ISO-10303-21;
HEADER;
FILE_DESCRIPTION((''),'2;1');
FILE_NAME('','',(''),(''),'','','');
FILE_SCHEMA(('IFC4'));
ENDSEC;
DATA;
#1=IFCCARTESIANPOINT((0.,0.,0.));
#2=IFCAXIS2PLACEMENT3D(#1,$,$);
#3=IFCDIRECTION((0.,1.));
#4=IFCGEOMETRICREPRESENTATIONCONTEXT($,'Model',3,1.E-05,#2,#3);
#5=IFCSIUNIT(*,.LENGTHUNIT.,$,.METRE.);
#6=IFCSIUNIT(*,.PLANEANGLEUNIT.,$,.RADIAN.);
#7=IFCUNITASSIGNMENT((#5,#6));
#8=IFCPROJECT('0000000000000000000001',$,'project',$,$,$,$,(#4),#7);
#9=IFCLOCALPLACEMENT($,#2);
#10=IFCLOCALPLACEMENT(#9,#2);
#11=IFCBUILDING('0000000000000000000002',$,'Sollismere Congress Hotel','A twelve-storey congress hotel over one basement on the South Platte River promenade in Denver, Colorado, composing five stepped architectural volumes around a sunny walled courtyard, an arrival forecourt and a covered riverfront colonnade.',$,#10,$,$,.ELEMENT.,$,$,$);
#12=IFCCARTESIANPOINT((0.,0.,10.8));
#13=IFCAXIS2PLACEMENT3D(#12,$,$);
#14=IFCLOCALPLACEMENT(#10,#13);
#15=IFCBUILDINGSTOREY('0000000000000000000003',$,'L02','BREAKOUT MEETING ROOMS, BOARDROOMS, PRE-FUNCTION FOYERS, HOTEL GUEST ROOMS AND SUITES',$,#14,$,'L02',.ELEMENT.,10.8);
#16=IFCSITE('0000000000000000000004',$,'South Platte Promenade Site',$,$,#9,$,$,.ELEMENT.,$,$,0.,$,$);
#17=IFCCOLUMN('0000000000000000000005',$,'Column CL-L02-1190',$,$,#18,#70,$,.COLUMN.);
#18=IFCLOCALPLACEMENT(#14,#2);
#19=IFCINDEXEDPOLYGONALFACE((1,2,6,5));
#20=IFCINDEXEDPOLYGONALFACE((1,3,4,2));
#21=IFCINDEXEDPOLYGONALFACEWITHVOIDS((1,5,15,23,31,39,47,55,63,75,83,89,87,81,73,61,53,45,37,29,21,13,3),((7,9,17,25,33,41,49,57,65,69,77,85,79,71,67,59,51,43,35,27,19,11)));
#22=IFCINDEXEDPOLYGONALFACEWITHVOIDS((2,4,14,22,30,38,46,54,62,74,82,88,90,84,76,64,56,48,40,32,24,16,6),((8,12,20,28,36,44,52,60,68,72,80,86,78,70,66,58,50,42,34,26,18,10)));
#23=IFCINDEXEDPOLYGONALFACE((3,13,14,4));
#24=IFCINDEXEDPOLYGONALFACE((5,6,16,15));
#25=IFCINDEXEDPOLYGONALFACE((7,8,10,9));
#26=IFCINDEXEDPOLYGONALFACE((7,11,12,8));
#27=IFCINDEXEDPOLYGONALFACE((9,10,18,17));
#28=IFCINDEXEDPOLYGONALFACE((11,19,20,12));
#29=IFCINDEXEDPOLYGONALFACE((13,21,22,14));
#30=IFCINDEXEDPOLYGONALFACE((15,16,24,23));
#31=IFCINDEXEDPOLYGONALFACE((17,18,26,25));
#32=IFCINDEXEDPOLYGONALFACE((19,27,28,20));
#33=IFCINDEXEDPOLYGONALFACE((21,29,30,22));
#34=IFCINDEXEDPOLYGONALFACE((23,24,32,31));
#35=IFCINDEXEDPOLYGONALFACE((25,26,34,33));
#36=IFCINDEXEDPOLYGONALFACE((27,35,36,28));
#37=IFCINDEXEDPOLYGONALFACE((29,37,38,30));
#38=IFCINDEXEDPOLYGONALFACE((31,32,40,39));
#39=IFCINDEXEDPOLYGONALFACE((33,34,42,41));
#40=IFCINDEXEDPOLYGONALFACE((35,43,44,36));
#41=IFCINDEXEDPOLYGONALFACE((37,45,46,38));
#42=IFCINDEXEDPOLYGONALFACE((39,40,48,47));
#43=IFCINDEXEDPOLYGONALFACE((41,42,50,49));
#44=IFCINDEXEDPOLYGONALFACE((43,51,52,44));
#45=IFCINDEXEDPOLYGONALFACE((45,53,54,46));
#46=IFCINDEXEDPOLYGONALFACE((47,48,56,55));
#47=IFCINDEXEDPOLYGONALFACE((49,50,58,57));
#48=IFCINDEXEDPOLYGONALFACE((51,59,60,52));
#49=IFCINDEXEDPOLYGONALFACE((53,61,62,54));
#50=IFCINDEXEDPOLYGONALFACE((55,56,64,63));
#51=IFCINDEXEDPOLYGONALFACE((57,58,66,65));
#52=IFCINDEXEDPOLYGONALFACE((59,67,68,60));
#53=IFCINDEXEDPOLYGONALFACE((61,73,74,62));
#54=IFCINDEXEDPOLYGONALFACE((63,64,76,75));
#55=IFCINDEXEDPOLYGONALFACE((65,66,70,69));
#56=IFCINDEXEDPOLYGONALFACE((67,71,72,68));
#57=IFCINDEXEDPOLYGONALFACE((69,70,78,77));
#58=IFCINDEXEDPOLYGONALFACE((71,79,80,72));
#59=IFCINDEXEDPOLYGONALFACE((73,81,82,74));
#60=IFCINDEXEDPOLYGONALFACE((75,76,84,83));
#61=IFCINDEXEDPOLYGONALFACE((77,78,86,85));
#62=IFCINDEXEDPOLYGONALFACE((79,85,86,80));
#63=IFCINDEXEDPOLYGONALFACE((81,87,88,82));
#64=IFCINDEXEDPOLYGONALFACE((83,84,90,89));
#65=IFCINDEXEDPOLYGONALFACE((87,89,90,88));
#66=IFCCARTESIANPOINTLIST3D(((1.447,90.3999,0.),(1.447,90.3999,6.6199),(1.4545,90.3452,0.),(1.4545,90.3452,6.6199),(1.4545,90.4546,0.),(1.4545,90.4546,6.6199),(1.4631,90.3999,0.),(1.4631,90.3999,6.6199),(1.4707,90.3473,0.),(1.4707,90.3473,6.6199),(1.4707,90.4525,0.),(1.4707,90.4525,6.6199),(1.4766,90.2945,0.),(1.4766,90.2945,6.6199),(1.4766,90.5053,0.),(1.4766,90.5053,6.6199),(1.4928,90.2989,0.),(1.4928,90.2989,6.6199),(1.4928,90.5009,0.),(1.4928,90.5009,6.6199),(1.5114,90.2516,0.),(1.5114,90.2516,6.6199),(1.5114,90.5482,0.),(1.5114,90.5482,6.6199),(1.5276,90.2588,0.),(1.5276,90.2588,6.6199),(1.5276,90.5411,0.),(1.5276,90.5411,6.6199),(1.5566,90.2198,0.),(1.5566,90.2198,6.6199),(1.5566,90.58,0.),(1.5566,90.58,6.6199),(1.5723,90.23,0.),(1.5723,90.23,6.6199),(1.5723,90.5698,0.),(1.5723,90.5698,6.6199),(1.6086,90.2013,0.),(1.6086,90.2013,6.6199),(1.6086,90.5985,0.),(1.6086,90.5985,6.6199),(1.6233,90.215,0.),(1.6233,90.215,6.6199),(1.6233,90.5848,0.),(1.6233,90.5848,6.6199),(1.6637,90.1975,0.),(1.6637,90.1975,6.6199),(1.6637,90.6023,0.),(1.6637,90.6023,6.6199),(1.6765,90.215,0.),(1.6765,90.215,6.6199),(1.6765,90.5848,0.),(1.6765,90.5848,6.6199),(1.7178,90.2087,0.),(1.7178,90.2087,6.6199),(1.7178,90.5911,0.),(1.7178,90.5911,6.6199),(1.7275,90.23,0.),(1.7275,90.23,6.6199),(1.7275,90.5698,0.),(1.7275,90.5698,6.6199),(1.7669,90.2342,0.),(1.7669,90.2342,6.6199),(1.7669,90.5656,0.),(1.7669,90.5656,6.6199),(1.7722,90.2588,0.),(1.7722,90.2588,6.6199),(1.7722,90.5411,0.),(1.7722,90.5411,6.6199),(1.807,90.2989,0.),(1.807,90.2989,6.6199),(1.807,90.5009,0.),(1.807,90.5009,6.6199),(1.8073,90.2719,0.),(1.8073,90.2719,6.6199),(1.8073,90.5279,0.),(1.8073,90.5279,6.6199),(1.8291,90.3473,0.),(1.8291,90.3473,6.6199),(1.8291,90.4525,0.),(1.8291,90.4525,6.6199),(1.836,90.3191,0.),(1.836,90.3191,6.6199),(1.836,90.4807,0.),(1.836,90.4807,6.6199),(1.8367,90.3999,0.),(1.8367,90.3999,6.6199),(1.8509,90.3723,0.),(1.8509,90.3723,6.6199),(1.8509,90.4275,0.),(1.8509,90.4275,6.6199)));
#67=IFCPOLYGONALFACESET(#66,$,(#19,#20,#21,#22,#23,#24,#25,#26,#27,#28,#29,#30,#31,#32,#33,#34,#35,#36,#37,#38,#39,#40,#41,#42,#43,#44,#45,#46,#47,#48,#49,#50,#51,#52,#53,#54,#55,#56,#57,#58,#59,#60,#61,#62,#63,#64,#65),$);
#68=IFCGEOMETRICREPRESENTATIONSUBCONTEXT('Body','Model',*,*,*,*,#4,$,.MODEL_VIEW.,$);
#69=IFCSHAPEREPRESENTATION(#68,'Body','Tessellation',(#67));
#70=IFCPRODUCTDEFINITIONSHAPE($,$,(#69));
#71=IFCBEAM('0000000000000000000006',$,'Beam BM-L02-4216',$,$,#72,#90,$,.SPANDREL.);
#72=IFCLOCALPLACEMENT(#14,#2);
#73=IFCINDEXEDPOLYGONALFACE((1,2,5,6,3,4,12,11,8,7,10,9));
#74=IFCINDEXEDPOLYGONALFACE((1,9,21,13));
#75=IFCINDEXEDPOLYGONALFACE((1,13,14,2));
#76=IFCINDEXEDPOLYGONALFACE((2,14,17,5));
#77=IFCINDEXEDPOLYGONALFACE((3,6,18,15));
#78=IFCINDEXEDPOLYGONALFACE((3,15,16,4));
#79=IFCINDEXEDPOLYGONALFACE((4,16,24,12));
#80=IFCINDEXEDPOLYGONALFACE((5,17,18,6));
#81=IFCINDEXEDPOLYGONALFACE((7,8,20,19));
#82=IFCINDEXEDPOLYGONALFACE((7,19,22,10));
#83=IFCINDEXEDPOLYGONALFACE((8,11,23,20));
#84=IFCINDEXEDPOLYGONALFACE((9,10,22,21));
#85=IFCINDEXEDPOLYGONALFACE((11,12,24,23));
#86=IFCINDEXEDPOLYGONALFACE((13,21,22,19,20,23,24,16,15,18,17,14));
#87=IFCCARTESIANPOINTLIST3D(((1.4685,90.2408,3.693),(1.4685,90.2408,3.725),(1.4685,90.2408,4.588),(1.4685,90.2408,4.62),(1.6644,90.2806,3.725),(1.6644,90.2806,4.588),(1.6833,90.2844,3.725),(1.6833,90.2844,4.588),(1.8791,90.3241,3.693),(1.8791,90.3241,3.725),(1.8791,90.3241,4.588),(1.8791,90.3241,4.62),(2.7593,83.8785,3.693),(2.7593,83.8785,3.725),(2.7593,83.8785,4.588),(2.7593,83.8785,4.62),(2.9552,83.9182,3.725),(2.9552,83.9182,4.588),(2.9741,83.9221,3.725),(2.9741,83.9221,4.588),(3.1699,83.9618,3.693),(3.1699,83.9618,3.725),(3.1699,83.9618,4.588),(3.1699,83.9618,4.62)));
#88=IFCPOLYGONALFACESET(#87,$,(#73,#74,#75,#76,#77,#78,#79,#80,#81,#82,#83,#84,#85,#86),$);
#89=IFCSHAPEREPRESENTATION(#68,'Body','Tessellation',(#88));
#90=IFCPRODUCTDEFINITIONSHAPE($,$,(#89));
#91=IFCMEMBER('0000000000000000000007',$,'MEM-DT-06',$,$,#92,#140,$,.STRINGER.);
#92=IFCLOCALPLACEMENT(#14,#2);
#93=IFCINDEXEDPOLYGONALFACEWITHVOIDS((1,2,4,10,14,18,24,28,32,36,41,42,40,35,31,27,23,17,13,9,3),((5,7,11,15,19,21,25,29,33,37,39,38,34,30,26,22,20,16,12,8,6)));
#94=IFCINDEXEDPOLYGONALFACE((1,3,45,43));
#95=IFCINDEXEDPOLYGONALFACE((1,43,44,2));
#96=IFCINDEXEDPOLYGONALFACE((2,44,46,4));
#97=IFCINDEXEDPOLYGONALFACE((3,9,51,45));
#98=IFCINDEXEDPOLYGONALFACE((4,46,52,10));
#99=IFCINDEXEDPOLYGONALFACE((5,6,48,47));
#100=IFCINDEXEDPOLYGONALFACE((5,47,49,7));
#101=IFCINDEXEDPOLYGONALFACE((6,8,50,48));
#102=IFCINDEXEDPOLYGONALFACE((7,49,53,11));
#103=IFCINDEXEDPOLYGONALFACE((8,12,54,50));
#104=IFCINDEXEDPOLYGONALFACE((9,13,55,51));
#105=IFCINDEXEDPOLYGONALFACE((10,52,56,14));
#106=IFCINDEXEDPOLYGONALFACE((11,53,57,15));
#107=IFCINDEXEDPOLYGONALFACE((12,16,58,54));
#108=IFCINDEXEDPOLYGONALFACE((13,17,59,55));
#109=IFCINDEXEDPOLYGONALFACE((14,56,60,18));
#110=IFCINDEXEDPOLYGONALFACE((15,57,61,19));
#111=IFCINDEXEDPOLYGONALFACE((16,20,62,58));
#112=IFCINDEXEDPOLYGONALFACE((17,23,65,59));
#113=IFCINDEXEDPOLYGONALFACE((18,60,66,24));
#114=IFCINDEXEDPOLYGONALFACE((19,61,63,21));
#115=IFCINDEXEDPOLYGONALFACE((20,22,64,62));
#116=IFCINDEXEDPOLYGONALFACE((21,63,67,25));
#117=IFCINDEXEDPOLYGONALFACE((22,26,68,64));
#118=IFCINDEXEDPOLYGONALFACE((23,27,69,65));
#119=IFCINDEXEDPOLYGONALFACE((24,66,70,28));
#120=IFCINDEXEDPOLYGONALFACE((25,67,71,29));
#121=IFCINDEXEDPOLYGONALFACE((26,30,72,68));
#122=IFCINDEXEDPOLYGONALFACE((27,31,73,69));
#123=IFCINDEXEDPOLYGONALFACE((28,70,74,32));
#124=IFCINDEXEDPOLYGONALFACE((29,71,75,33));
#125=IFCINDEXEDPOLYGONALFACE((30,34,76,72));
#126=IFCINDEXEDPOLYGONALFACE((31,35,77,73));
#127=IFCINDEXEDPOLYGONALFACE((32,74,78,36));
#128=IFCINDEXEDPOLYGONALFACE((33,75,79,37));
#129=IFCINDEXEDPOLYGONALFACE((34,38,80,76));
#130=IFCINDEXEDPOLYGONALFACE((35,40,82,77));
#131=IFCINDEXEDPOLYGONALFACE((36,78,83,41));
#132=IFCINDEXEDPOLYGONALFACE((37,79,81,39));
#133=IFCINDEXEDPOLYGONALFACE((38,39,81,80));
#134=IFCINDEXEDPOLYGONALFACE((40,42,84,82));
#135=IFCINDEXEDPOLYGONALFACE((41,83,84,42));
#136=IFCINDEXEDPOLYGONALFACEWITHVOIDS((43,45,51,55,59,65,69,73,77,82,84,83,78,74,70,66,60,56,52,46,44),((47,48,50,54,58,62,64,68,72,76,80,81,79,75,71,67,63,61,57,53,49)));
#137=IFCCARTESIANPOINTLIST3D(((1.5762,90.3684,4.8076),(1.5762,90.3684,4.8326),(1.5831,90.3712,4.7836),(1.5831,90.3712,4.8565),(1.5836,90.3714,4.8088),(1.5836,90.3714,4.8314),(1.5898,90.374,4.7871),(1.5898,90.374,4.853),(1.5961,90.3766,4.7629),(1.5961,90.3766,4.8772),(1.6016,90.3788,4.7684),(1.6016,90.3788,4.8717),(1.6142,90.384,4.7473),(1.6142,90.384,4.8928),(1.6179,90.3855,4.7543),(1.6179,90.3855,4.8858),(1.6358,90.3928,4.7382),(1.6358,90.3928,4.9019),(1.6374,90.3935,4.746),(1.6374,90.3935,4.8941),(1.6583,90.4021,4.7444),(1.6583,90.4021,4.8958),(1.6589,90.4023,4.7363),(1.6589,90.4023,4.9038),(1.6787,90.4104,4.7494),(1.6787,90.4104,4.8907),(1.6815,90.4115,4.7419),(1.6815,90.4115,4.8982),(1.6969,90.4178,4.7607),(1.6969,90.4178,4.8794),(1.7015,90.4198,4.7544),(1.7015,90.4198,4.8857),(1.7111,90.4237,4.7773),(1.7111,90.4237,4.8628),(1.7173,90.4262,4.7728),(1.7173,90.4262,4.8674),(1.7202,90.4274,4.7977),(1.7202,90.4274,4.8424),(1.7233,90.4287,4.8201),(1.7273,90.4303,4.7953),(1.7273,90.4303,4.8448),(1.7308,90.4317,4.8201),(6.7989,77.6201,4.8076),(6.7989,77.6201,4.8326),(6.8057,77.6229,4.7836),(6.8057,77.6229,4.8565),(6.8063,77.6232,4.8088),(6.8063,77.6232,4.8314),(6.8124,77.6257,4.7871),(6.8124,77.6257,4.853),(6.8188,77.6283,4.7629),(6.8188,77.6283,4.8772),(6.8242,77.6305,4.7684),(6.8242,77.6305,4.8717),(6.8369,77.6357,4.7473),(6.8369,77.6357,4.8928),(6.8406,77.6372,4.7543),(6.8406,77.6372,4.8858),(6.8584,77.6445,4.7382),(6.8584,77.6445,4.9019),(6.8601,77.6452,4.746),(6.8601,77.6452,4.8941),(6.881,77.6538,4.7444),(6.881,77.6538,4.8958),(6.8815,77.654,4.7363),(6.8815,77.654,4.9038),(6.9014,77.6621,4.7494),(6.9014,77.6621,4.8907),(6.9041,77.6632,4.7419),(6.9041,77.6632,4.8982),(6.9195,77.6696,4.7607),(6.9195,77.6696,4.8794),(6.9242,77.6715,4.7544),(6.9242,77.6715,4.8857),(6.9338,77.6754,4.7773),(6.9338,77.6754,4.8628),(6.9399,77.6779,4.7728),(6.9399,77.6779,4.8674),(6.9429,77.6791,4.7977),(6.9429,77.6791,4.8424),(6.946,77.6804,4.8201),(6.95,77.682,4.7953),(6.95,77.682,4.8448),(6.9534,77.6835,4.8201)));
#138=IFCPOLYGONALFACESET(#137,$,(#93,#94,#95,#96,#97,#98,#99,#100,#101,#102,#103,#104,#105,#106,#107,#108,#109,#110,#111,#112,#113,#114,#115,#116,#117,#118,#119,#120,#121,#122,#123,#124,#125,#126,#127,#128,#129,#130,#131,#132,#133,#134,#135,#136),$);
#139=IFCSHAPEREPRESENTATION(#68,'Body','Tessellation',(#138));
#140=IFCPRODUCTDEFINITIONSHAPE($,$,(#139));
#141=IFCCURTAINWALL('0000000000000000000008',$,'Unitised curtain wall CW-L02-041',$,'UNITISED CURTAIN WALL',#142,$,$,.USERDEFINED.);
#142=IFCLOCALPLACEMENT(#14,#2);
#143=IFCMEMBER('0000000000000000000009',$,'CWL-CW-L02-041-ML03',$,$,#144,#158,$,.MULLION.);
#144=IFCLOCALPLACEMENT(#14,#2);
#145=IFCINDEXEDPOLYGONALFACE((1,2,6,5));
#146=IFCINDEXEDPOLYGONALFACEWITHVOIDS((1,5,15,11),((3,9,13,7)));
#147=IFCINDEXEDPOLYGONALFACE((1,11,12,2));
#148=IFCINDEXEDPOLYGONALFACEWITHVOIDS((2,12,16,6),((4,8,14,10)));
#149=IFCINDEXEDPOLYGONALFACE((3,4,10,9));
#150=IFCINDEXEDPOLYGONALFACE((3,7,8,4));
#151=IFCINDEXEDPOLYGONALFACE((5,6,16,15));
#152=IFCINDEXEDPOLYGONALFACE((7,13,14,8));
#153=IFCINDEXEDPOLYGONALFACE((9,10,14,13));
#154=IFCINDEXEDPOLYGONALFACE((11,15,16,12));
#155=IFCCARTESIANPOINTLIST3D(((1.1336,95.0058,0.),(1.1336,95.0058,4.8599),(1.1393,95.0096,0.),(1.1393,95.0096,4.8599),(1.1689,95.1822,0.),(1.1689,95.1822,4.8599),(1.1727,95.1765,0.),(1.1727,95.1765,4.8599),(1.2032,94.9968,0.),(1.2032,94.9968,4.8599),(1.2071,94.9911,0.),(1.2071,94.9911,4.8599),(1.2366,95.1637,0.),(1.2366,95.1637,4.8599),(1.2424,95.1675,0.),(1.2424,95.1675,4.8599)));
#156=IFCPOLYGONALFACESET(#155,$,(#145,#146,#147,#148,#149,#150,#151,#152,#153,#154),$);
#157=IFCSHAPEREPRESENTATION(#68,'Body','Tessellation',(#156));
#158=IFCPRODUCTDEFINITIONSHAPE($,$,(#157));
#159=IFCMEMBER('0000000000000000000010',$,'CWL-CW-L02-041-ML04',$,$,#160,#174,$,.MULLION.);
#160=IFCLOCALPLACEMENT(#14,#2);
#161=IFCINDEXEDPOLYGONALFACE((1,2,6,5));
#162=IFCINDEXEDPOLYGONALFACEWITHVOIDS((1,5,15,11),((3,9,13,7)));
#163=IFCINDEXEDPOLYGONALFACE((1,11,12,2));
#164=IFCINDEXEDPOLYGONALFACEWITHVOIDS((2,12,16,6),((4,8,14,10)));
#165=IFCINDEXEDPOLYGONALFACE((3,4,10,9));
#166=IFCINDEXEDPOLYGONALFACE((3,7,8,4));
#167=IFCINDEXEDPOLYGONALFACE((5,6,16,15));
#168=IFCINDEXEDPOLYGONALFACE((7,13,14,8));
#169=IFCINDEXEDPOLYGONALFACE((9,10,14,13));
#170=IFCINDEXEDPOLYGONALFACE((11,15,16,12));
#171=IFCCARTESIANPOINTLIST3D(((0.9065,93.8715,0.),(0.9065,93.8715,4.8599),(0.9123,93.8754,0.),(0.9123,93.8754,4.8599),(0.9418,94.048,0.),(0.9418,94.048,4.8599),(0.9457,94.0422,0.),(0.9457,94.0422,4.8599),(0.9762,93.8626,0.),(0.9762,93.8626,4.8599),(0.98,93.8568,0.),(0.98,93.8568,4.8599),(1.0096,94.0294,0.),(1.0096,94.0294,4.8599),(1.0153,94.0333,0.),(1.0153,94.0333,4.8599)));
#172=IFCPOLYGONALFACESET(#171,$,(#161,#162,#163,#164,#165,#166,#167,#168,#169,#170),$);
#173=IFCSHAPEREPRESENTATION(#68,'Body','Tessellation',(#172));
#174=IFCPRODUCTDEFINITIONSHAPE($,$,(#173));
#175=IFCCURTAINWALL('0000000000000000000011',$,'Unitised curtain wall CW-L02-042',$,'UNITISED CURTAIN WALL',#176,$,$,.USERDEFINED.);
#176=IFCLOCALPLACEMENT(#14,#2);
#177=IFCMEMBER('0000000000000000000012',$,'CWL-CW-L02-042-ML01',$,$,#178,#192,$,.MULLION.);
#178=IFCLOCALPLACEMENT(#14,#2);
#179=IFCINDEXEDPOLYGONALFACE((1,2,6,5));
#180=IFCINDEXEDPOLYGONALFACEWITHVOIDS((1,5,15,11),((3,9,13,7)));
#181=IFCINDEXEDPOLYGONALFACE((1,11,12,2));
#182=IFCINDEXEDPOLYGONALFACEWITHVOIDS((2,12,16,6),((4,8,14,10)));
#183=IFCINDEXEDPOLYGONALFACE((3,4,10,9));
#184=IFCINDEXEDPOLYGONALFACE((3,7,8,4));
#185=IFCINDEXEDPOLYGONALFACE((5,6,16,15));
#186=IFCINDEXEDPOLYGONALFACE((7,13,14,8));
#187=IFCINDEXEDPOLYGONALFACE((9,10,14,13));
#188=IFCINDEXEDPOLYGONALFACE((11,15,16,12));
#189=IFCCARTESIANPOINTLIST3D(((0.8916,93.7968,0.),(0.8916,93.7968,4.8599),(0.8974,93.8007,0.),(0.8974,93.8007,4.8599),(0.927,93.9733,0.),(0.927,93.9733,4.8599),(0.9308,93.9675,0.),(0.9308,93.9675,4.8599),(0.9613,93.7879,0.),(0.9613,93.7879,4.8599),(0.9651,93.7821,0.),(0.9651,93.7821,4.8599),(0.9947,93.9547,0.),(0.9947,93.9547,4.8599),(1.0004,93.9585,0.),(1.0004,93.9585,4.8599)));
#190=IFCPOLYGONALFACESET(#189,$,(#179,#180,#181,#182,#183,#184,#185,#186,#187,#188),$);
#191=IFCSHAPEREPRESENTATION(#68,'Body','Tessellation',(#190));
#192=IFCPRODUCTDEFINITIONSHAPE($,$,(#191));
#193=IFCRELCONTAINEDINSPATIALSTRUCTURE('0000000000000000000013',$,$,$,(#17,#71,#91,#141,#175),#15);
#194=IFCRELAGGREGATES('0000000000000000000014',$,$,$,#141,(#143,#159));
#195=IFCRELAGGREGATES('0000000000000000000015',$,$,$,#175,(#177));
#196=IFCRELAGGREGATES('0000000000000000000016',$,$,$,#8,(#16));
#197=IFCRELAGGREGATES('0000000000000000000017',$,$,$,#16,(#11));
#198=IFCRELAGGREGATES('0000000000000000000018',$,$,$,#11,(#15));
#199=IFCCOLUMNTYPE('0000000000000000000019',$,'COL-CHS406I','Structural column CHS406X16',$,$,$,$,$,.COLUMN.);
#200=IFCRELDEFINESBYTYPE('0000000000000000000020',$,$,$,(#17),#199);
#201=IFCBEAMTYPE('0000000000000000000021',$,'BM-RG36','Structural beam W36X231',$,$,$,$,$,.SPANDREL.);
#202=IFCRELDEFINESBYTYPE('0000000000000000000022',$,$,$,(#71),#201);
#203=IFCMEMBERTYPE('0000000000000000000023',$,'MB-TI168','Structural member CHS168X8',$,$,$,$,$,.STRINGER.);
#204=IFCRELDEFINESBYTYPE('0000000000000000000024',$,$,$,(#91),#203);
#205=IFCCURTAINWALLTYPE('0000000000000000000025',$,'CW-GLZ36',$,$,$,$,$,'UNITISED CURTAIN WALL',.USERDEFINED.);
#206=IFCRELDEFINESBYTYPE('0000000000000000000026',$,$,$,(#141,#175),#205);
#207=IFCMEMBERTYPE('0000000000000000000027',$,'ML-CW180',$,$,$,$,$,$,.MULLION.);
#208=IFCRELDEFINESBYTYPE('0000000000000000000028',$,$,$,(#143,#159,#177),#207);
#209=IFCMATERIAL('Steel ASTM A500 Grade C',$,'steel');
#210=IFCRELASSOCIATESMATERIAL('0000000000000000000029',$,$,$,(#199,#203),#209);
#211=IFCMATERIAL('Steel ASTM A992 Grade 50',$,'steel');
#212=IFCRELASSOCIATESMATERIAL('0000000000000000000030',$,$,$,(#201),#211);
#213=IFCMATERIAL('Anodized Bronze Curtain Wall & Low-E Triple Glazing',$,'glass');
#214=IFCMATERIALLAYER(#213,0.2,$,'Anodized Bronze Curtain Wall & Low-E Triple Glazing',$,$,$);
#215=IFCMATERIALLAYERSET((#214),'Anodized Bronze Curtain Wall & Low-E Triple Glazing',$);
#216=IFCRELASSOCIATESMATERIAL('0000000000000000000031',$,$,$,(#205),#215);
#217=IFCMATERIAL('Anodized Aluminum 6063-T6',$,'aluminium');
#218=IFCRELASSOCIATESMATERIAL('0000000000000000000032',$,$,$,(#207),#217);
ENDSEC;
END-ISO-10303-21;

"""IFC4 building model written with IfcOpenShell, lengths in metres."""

from ifc_helpers import new_model, si_unit, direction, frame, origin, origin_2d, place, context, subcontext, project, spatial, hollow_rectangle, hollow_circle, i_section, extrude, material, layer, layer_set, material_profile, profile_set, type_object, element, aggregate, save


model = new_model("IFC4")

# Units and contexts
model_context = context("Model", 3, precision=1e-05, world=origin(), true_north=direction((0.0, 1.0)))
body_context = subcontext(model_context, "Body", "Model", "MODEL_VIEW")
ifc_project = project(units=[si_unit("LENGTHUNIT", "METRE"), si_unit("PLANEANGLEUNIT", "RADIAN")], contexts=[model_context])

# Site, building, storey
site_placement = place(None, origin())
site = spatial("IfcSite", under=ifc_project, at=site_placement, Name="South Platte Promenade Site", CompositionType="ELEMENT", RefElevation=0.0)
building_placement = place(site_placement, origin())
building = spatial("IfcBuilding", under=site, at=building_placement, Name="Sollismere Congress Hotel", Description="A twelve-storey congress hotel over one basement on the South Platte River promenade in Denver, Colorado, composing five stepped architectural volumes around a sunny walled courtyard, an arrival forecourt and a covered riverfront colonnade.", CompositionType="ELEMENT")
storey_placement = place(building_placement, frame((0.0, 0.0, 10.8)))
storey = spatial("IfcBuildingStorey", under=building, at=storey_placement, Name="L02", Description="BREAKOUT MEETING ROOMS, BOARDROOMS, PRE-FUNCTION FOYERS, HOTEL GUEST ROOMS AND SUITES", LongName="L02", CompositionType="ELEMENT", Elevation=10.8)

# Column
ifc_material_1 = material(Name="Steel ASTM A500 Grade C", Category="steel")
ifc_material_profile_1 = material_profile(ifc_material_1, hollow_circle(Radius=0.2029, WallThickness=0.0161, at=origin_2d()), Name="CHS406X16")
ifc_profile_set_1 = profile_set([ifc_material_profile_1], Name="Steel ASTM A500 Grade C")
column_type = type_object("IfcColumnType", Name="COL-CHS406I", Description="Structural column CHS406X16", PredefinedType="COLUMN", material=ifc_profile_set_1)
column_placement = place(storey_placement, frame((1.6499, 90.3999, 0.0), z_axis=(0.0, 0.0, 1.0), x_axis=(-1.0, 0.0, 0.0)))
element("IfcColumn", 1, at=column_placement, inside=storey, type_object=column_type, Name="Column CL-L02-1190", PredefinedType="COLUMN", context=body_context, shape_type="SweptSolid", body=[
    extrude(hollow_circle(Radius=0.2029, WallThickness=0.0161, at=origin_2d()), origin(), (0.0, 0.0, 1.0), 6.6199),
])

# Beam
ifc_material_2 = material(Name="Steel ASTM A992 Grade 50", Category="steel")
ifc_material_profile_2 = material_profile(ifc_material_2, i_section(OverallWidth=0.4189, OverallDepth=0.927, WebThickness=0.0193, FlangeThickness=0.032, at=origin_2d()), Name="W36X231")
ifc_profile_set_2 = profile_set([ifc_material_profile_2], Name="Steel ASTM A992 Grade 50")
beam_type = type_object("IfcBeamType", Name="BM-RG36", Description="Structural beam W36X231", PredefinedType="SPANDREL", material=ifc_profile_set_2)
beam_placement = place(storey_placement, frame((1.6738, 90.2825, 4.1565), z_axis=(0.198827, -0.980035, 0.0), x_axis=(0.980035, 0.198827, 0.0)))
element("IfcBeam", 2, at=beam_placement, inside=storey, type_object=beam_type, Name="Beam BM-L02-4216", PredefinedType="SPANDREL", context=body_context, shape_type="SweptSolid", body=[
    extrude(i_section(OverallWidth=0.4189, OverallDepth=0.927, WebThickness=0.0193, FlangeThickness=0.032, at=origin_2d()), origin(), (0.0, 0.0, 1.0), 6.4919),
])

# Member
ifc_material_profile_3 = material_profile(ifc_material_1, hollow_circle(Radius=0.084, WallThickness=0.0081, at=origin_2d()), Name="CHS168X8")
ifc_profile_set_3 = profile_set([ifc_material_profile_3], Name="Steel ASTM A500 Grade C")
member_type_1 = type_object("IfcMemberType", Name="MB-TI168", Description="Structural member CHS168X8", PredefinedType="STRINGER", material=ifc_profile_set_3)
member_1_placement = place(storey_placement, frame((1.6531, 90.3999, 4.8201), z_axis=(0.379096, -0.925357, 0.0), x_axis=(0.925357, 0.379096, 0.0)))
element("IfcMember", 3, at=member_1_placement, inside=storey, type_object=member_type_1, Name="MEM-DT-06", PredefinedType="STRINGER", context=body_context, shape_type="SweptSolid", body=[
    extrude(hollow_circle(Radius=0.084, WallThickness=0.0081, at=origin_2d()), origin(), (0.0, 0.0, 1.0), 13.7766),
])

# Curtain walls, members
ifc_material_3 = material(Name="Anodized Bronze Curtain Wall & Low-E Triple Glazing", Category="glass")
ifc_layer_1 = layer(ifc_material_3, 0.2, Name="Anodized Bronze Curtain Wall & Low-E Triple Glazing")
ifc_layer_set_1 = layer_set([ifc_layer_1], Name="Anodized Bronze Curtain Wall & Low-E Triple Glazing")
curtain_wall_type = type_object("IfcCurtainWallType", Name="CW-GLZ36", ElementType="UNITISED CURTAIN WALL", PredefinedType="USERDEFINED", material=ifc_layer_set_1)
curtain_wall_1_placement = place(storey_placement, origin())
curtain_wall_1 = element("IfcCurtainWall", 4, at=curtain_wall_1_placement, inside=storey, type_object=curtain_wall_type, Name="Unitised curtain wall CW-L02-041", ObjectType="UNITISED CURTAIN WALL", PredefinedType="USERDEFINED")
ifc_material_4 = material(Name="Anodized Aluminum 6063-T6", Category="aluminium")
ifc_material_profile_4 = material_profile(ifc_material_4, hollow_rectangle(XDim=0.075, YDim=0.1799, WallThickness=0.0049, at=origin_2d()), Name="ALU180X75X5")
ifc_profile_set_4 = profile_set([ifc_material_profile_4], Name="Anodized Aluminum 6063-T6")
member_type_2 = type_object("IfcMemberType", Name="ML-CW180", PredefinedType="MULLION", material=ifc_profile_set_4)
member_2_placement = place(storey_placement, frame((1.188, 95.0867, 0.0), z_axis=(0.0, 0.0, 1.0), x_axis=(0.980553, -0.196254, 0.0)))
member_2 = element("IfcMember", 5, at=member_2_placement, type_object=member_type_2, Name="CWL-CW-L02-041-ML03", PredefinedType="MULLION", context=body_context, shape_type="SweptSolid", body=[
    extrude(hollow_rectangle(XDim=0.075, YDim=0.1799, WallThickness=0.0049, at=origin_2d()), origin(), (0.0, 0.0, 1.0), 4.8599),
])
member_3_placement = place(storey_placement, frame((0.9609, 93.9524, 0.0), z_axis=(0.0, 0.0, 1.0), x_axis=(0.980553, -0.196254, 0.0)))
member_3 = element("IfcMember", 6, at=member_3_placement, type_object=member_type_2, Name="CWL-CW-L02-041-ML04", PredefinedType="MULLION", context=body_context, shape_type="SweptSolid", body=[
    extrude(hollow_rectangle(XDim=0.075, YDim=0.1799, WallThickness=0.0049, at=origin_2d()), origin(), (0.0, 0.0, 1.0), 4.8599),
])
curtain_wall_2_placement = place(storey_placement, origin())
curtain_wall_2 = element("IfcCurtainWall", 7, at=curtain_wall_2_placement, inside=storey, type_object=curtain_wall_type, Name="Unitised curtain wall CW-L02-042", ObjectType="UNITISED CURTAIN WALL", PredefinedType="USERDEFINED")
member_4_placement = place(storey_placement, frame((0.946, 93.8777, 0.0), z_axis=(0.0, 0.0, 1.0), x_axis=(0.980553, -0.196254, 0.0)))
member_4 = element("IfcMember", 8, at=member_4_placement, type_object=member_type_2, Name="CWL-CW-L02-042-ML01", PredefinedType="MULLION", context=body_context, shape_type="SweptSolid", body=[
    extrude(hollow_rectangle(XDim=0.075, YDim=0.1799, WallThickness=0.0049, at=origin_2d()), origin(), (0.0, 0.0, 1.0), 4.8599),
])

aggregate(curtain_wall_1, [member_2, member_3])
aggregate(curtain_wall_2, [member_4])

save(model, "model.ifc")
